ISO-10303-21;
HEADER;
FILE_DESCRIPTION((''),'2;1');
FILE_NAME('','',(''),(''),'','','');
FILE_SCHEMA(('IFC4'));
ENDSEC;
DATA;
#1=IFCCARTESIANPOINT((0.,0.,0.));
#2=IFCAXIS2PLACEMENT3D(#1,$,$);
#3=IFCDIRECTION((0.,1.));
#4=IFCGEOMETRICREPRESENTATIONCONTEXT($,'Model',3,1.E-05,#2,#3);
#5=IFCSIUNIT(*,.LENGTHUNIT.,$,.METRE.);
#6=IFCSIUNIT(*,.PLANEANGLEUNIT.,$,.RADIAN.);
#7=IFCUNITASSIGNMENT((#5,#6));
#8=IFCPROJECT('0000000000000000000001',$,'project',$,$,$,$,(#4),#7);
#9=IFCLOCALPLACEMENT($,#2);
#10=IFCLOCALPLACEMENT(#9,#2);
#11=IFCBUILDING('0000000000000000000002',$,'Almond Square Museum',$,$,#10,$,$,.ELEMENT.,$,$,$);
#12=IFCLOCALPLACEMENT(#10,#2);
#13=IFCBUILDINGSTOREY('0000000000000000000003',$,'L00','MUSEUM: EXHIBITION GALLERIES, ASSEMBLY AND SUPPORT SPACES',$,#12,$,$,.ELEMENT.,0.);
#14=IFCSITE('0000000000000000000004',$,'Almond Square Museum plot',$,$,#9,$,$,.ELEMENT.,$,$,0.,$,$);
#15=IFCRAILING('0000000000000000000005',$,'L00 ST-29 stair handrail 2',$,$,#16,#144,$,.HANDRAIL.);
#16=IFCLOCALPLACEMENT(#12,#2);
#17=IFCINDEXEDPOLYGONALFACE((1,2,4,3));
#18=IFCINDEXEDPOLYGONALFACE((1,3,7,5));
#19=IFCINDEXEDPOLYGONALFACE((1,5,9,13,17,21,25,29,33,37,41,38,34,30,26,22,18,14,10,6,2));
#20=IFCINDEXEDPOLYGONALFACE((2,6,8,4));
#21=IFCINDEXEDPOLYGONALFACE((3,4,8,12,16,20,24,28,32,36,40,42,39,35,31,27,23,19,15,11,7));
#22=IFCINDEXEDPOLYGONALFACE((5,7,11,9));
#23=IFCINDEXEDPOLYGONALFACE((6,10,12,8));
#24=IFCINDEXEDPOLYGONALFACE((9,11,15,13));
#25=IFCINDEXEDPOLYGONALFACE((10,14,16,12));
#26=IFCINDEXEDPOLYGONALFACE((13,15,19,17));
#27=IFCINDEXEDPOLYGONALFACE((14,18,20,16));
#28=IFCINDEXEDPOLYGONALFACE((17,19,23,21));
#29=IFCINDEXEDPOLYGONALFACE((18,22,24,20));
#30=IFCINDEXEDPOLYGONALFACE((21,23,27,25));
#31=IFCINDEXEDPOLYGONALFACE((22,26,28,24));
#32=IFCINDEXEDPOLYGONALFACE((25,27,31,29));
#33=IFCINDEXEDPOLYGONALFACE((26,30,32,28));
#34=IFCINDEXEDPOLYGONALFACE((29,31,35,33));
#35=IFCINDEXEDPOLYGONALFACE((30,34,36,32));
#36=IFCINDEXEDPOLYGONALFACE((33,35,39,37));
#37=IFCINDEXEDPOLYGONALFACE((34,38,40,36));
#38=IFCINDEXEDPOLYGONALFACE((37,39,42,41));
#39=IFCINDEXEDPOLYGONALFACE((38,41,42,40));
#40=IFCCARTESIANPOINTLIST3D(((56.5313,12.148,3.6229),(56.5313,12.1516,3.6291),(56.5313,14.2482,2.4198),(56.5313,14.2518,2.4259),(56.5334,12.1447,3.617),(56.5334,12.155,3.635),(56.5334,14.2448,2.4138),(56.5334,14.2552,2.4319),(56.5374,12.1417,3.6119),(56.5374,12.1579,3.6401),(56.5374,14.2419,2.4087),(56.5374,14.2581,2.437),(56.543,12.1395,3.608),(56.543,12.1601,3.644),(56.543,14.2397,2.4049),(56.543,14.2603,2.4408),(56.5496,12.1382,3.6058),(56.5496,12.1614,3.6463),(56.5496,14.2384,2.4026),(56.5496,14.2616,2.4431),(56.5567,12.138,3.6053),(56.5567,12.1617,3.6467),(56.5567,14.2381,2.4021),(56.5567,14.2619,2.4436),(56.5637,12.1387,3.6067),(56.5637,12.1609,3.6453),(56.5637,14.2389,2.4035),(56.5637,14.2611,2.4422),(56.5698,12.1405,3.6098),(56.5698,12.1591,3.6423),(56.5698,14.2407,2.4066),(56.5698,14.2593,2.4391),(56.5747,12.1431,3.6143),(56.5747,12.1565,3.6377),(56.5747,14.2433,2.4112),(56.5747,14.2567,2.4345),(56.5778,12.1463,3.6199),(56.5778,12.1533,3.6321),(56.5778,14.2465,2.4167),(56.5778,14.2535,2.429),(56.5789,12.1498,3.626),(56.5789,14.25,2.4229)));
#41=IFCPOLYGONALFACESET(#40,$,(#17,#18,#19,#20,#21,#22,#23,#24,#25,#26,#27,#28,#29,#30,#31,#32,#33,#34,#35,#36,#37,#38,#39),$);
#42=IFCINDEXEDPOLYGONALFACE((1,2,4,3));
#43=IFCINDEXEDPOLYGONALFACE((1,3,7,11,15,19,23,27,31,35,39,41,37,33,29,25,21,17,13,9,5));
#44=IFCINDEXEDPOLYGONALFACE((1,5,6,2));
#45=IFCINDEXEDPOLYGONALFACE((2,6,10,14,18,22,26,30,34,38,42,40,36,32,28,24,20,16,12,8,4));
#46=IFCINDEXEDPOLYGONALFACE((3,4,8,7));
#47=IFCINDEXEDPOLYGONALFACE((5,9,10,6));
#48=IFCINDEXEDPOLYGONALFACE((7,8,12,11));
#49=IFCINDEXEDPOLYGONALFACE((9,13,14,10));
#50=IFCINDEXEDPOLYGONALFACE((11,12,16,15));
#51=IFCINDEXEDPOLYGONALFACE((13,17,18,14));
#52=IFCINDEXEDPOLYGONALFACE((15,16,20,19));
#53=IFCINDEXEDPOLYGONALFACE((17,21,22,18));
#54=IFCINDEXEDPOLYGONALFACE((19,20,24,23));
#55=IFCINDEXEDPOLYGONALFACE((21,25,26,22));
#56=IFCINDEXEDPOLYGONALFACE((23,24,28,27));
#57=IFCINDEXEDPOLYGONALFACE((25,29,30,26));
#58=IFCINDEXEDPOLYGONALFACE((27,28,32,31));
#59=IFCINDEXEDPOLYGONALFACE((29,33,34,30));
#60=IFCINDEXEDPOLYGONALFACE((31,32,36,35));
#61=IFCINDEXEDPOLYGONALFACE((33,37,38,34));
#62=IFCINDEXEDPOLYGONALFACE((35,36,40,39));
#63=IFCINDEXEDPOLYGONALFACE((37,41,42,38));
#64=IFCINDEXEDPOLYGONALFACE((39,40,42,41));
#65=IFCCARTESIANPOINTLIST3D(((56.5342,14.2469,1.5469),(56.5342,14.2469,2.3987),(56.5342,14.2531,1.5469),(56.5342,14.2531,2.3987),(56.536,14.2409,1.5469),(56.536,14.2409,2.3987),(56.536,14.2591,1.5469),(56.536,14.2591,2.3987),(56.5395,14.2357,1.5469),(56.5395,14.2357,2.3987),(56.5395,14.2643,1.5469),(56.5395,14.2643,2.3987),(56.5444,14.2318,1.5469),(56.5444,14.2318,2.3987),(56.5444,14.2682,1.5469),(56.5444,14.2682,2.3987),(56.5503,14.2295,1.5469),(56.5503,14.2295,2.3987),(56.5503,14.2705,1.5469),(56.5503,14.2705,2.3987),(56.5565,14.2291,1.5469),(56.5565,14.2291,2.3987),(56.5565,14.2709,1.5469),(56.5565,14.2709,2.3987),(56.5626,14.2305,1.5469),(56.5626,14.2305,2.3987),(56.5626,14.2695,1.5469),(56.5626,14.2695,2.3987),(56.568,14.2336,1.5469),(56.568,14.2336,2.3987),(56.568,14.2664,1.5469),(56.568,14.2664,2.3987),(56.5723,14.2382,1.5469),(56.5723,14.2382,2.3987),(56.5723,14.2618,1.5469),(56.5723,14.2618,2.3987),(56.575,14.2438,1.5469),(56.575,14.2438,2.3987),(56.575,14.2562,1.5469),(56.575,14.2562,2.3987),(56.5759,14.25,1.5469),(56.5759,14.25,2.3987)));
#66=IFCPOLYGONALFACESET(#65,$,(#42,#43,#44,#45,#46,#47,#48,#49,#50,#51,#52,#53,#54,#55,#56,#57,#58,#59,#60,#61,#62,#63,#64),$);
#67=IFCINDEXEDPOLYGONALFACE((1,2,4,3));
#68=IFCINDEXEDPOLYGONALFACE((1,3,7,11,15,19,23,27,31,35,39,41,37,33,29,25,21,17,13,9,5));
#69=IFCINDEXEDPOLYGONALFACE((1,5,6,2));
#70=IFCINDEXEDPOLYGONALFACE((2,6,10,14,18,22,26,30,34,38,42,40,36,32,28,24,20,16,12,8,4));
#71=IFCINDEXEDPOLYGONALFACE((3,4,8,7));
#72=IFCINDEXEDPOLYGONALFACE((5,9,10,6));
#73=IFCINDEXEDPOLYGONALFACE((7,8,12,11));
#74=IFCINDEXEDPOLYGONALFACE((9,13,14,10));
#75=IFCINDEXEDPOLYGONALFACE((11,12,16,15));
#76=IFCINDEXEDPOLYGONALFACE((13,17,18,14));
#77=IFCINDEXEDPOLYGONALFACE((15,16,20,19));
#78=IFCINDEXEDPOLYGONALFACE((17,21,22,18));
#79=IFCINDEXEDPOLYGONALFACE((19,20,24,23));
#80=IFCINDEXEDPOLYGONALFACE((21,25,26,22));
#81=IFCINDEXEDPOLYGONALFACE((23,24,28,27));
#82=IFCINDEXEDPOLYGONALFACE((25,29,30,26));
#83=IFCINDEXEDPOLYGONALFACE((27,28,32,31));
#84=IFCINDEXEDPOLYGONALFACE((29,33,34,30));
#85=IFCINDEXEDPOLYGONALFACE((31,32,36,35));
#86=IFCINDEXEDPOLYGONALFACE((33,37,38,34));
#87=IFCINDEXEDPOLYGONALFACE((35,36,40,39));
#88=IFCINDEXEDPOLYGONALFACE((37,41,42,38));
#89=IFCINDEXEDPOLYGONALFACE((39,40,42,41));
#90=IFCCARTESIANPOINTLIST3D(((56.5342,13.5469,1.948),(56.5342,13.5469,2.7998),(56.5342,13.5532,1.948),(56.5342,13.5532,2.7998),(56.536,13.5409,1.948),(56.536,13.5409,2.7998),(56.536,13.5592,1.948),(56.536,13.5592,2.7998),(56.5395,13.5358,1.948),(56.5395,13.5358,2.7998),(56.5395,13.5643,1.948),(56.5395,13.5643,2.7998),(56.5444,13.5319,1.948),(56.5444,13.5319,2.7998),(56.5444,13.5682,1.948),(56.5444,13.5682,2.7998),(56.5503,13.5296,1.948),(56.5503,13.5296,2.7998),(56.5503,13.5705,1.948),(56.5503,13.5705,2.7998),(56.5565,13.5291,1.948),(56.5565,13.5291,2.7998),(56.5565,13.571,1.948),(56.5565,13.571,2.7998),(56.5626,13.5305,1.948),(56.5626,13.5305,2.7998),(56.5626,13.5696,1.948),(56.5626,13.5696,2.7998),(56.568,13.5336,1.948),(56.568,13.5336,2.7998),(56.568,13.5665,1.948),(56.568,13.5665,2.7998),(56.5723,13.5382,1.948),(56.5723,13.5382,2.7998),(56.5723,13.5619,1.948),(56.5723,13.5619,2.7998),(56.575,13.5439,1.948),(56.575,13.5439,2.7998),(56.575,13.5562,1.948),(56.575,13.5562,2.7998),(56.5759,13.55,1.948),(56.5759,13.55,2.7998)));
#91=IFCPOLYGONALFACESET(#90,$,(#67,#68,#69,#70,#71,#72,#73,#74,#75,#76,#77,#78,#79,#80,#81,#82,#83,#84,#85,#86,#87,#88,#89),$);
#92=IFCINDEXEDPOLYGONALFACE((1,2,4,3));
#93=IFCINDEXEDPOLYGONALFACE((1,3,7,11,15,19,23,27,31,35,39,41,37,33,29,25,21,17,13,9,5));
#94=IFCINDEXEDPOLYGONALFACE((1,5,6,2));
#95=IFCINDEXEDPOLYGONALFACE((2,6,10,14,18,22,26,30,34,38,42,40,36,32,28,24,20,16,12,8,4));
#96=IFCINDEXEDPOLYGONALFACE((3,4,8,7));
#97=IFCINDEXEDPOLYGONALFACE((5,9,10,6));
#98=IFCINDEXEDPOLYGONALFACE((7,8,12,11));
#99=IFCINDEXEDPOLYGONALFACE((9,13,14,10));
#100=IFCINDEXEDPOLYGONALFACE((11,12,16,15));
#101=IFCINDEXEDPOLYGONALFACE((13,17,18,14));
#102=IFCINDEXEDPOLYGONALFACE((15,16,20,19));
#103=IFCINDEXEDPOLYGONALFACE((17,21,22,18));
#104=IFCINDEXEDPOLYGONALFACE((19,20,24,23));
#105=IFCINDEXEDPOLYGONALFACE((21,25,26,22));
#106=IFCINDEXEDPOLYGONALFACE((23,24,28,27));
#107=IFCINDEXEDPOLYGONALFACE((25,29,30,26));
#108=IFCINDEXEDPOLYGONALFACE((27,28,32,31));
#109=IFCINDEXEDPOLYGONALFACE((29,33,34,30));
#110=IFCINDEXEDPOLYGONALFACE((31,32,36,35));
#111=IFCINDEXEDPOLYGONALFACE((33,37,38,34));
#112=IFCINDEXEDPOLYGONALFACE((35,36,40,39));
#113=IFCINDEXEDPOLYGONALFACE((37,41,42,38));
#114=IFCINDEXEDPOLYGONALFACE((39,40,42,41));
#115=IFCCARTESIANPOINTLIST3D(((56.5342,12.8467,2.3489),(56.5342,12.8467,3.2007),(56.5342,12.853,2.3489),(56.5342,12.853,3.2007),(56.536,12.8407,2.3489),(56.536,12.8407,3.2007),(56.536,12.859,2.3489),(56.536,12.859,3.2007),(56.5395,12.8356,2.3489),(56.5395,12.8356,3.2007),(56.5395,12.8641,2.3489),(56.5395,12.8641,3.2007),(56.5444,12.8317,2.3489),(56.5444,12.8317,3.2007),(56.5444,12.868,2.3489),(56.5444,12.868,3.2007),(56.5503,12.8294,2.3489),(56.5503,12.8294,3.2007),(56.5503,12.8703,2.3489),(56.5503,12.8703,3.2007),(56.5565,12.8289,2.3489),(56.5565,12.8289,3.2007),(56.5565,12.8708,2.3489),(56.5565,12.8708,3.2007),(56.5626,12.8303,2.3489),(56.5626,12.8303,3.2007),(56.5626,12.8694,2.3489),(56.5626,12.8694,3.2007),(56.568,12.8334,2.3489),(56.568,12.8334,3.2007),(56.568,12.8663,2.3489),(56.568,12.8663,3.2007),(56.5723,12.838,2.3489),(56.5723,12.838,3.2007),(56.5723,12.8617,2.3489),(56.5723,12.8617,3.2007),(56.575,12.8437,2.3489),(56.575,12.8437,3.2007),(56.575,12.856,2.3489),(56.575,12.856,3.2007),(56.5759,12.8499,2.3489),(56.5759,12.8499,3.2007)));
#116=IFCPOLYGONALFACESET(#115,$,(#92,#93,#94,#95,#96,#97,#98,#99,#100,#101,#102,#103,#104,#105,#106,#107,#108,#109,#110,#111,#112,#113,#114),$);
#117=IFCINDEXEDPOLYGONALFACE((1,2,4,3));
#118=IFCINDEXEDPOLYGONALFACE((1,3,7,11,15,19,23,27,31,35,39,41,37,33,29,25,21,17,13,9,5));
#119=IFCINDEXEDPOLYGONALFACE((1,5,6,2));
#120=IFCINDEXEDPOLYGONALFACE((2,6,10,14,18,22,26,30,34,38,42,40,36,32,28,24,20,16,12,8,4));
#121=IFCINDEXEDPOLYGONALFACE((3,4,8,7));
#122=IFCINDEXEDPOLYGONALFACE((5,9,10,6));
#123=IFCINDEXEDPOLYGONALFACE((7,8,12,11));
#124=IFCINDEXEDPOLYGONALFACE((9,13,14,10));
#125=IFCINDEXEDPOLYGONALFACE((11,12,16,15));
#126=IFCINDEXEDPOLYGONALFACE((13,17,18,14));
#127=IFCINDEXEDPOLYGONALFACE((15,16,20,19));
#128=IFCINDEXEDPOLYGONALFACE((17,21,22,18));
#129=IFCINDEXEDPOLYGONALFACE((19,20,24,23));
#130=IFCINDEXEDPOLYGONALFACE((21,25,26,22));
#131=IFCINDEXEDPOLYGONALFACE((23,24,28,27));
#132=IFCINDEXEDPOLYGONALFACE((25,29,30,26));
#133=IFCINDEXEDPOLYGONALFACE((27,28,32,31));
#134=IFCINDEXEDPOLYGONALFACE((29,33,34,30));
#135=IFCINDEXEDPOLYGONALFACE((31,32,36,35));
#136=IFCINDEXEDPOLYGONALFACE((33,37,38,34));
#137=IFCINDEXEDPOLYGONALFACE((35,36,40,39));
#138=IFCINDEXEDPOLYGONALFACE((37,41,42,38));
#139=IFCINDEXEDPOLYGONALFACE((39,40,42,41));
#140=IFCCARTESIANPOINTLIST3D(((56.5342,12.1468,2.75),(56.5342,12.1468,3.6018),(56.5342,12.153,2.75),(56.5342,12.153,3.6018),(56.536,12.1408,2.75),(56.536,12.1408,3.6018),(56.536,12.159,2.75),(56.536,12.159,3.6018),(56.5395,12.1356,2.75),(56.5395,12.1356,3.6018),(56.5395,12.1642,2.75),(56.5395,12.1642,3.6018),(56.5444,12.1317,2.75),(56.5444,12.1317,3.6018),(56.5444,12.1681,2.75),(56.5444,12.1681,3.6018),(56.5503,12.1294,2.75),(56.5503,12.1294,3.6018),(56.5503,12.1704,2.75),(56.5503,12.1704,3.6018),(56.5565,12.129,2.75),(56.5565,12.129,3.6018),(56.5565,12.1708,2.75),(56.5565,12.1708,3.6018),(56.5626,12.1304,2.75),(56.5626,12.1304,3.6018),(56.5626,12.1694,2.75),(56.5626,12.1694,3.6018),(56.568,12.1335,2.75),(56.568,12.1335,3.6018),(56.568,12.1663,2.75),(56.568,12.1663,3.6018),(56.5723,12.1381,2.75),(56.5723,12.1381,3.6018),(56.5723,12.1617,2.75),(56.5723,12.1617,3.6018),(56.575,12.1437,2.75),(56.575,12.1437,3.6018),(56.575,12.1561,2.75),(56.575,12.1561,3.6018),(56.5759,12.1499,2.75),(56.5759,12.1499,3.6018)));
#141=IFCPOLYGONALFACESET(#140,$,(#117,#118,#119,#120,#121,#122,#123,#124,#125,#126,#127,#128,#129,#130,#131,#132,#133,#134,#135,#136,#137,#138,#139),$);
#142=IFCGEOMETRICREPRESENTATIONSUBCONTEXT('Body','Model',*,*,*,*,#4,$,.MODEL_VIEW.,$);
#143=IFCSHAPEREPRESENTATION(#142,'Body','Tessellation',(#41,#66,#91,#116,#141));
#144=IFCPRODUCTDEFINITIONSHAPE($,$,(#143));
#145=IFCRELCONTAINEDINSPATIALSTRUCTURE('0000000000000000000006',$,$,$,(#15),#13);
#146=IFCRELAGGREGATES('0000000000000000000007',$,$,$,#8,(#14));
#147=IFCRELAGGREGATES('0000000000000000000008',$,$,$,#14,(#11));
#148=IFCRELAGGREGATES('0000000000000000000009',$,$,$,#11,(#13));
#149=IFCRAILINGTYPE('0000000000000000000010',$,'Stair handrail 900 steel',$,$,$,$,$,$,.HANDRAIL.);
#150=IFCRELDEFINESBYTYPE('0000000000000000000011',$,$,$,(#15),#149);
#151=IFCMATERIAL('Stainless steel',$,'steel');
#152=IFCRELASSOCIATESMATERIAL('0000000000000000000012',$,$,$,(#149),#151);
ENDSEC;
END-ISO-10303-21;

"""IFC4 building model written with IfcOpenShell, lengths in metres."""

from ifc_helpers import new_model, si_unit, direction, frame, origin, origin_2d, place, context, subcontext, project, spatial, circle, extrude, material, type_object, element, save


model = new_model("IFC4")

# Units and contexts
model_context = context("Model", 3, precision=1e-05, world=origin(), true_north=direction((0.0, 1.0)))
body_context = subcontext(model_context, "Body", "Model", "MODEL_VIEW")
ifc_project = project(units=[si_unit("LENGTHUNIT", "METRE"), si_unit("PLANEANGLEUNIT", "RADIAN")], contexts=[model_context])

# Site, building, storey
site_placement = place(None, origin())
site = spatial("IfcSite", under=ifc_project, at=site_placement, Name="Almond Square Museum plot", CompositionType="ELEMENT", RefElevation=0.0)
building_placement = place(site_placement, origin())
building = spatial("IfcBuilding", under=site, at=building_placement, Name="Almond Square Museum", CompositionType="ELEMENT")
storey_placement = place(building_placement, origin())
storey = spatial("IfcBuildingStorey", under=building, at=storey_placement, Name="L00", Description="MUSEUM: EXHIBITION GALLERIES, ASSEMBLY AND SUPPORT SPACES", CompositionType="ELEMENT", Elevation=0.0)

# Railing
ifc_material_1 = material(Name="Stainless steel", Category="steel")
railing_type_1 = type_object("IfcRailingType", Name="Stair handrail 900 steel", PredefinedType="HANDRAIL", material=ifc_material_1)
railing_1_placement = place(storey_placement, frame((56.5549, 14.25, 1.5469)))
element("IfcRailing", 1, at=railing_1_placement, inside=storey, type_object=railing_type_1, Name="L00 ST-29 stair handrail 2", PredefinedType="HANDRAIL", context=body_context, shape_type="SweptSolid", body=[
    extrude(circle(Radius=0.0239, at=origin_2d()), frame((0.0, 0.0, 0.876), z_axis=(0.0, -0.867696, 0.497095), x_axis=(1.0, 0.0, 0.0)), (0.0, 0.0, 1.0), 2.4204),
    extrude(circle(Radius=0.021, at=origin_2d()), origin(), (0.0, 0.0, 1.0), 0.8518),
    extrude(circle(Radius=0.021, at=origin_2d()), frame((0.0, -0.7, 0.4011)), (0.0, 0.0, 1.0), 0.8518),
    extrude(circle(Radius=0.021, at=origin_2d()), frame((0.0, -1.4001, 0.802)), (0.0, 0.0, 1.0), 0.8518),
    extrude(circle(Radius=0.021, at=origin_2d()), frame((0.0, -2.1001, 1.2031)), (0.0, 0.0, 1.0), 0.8518),
])

save(model, "model.ifc")
